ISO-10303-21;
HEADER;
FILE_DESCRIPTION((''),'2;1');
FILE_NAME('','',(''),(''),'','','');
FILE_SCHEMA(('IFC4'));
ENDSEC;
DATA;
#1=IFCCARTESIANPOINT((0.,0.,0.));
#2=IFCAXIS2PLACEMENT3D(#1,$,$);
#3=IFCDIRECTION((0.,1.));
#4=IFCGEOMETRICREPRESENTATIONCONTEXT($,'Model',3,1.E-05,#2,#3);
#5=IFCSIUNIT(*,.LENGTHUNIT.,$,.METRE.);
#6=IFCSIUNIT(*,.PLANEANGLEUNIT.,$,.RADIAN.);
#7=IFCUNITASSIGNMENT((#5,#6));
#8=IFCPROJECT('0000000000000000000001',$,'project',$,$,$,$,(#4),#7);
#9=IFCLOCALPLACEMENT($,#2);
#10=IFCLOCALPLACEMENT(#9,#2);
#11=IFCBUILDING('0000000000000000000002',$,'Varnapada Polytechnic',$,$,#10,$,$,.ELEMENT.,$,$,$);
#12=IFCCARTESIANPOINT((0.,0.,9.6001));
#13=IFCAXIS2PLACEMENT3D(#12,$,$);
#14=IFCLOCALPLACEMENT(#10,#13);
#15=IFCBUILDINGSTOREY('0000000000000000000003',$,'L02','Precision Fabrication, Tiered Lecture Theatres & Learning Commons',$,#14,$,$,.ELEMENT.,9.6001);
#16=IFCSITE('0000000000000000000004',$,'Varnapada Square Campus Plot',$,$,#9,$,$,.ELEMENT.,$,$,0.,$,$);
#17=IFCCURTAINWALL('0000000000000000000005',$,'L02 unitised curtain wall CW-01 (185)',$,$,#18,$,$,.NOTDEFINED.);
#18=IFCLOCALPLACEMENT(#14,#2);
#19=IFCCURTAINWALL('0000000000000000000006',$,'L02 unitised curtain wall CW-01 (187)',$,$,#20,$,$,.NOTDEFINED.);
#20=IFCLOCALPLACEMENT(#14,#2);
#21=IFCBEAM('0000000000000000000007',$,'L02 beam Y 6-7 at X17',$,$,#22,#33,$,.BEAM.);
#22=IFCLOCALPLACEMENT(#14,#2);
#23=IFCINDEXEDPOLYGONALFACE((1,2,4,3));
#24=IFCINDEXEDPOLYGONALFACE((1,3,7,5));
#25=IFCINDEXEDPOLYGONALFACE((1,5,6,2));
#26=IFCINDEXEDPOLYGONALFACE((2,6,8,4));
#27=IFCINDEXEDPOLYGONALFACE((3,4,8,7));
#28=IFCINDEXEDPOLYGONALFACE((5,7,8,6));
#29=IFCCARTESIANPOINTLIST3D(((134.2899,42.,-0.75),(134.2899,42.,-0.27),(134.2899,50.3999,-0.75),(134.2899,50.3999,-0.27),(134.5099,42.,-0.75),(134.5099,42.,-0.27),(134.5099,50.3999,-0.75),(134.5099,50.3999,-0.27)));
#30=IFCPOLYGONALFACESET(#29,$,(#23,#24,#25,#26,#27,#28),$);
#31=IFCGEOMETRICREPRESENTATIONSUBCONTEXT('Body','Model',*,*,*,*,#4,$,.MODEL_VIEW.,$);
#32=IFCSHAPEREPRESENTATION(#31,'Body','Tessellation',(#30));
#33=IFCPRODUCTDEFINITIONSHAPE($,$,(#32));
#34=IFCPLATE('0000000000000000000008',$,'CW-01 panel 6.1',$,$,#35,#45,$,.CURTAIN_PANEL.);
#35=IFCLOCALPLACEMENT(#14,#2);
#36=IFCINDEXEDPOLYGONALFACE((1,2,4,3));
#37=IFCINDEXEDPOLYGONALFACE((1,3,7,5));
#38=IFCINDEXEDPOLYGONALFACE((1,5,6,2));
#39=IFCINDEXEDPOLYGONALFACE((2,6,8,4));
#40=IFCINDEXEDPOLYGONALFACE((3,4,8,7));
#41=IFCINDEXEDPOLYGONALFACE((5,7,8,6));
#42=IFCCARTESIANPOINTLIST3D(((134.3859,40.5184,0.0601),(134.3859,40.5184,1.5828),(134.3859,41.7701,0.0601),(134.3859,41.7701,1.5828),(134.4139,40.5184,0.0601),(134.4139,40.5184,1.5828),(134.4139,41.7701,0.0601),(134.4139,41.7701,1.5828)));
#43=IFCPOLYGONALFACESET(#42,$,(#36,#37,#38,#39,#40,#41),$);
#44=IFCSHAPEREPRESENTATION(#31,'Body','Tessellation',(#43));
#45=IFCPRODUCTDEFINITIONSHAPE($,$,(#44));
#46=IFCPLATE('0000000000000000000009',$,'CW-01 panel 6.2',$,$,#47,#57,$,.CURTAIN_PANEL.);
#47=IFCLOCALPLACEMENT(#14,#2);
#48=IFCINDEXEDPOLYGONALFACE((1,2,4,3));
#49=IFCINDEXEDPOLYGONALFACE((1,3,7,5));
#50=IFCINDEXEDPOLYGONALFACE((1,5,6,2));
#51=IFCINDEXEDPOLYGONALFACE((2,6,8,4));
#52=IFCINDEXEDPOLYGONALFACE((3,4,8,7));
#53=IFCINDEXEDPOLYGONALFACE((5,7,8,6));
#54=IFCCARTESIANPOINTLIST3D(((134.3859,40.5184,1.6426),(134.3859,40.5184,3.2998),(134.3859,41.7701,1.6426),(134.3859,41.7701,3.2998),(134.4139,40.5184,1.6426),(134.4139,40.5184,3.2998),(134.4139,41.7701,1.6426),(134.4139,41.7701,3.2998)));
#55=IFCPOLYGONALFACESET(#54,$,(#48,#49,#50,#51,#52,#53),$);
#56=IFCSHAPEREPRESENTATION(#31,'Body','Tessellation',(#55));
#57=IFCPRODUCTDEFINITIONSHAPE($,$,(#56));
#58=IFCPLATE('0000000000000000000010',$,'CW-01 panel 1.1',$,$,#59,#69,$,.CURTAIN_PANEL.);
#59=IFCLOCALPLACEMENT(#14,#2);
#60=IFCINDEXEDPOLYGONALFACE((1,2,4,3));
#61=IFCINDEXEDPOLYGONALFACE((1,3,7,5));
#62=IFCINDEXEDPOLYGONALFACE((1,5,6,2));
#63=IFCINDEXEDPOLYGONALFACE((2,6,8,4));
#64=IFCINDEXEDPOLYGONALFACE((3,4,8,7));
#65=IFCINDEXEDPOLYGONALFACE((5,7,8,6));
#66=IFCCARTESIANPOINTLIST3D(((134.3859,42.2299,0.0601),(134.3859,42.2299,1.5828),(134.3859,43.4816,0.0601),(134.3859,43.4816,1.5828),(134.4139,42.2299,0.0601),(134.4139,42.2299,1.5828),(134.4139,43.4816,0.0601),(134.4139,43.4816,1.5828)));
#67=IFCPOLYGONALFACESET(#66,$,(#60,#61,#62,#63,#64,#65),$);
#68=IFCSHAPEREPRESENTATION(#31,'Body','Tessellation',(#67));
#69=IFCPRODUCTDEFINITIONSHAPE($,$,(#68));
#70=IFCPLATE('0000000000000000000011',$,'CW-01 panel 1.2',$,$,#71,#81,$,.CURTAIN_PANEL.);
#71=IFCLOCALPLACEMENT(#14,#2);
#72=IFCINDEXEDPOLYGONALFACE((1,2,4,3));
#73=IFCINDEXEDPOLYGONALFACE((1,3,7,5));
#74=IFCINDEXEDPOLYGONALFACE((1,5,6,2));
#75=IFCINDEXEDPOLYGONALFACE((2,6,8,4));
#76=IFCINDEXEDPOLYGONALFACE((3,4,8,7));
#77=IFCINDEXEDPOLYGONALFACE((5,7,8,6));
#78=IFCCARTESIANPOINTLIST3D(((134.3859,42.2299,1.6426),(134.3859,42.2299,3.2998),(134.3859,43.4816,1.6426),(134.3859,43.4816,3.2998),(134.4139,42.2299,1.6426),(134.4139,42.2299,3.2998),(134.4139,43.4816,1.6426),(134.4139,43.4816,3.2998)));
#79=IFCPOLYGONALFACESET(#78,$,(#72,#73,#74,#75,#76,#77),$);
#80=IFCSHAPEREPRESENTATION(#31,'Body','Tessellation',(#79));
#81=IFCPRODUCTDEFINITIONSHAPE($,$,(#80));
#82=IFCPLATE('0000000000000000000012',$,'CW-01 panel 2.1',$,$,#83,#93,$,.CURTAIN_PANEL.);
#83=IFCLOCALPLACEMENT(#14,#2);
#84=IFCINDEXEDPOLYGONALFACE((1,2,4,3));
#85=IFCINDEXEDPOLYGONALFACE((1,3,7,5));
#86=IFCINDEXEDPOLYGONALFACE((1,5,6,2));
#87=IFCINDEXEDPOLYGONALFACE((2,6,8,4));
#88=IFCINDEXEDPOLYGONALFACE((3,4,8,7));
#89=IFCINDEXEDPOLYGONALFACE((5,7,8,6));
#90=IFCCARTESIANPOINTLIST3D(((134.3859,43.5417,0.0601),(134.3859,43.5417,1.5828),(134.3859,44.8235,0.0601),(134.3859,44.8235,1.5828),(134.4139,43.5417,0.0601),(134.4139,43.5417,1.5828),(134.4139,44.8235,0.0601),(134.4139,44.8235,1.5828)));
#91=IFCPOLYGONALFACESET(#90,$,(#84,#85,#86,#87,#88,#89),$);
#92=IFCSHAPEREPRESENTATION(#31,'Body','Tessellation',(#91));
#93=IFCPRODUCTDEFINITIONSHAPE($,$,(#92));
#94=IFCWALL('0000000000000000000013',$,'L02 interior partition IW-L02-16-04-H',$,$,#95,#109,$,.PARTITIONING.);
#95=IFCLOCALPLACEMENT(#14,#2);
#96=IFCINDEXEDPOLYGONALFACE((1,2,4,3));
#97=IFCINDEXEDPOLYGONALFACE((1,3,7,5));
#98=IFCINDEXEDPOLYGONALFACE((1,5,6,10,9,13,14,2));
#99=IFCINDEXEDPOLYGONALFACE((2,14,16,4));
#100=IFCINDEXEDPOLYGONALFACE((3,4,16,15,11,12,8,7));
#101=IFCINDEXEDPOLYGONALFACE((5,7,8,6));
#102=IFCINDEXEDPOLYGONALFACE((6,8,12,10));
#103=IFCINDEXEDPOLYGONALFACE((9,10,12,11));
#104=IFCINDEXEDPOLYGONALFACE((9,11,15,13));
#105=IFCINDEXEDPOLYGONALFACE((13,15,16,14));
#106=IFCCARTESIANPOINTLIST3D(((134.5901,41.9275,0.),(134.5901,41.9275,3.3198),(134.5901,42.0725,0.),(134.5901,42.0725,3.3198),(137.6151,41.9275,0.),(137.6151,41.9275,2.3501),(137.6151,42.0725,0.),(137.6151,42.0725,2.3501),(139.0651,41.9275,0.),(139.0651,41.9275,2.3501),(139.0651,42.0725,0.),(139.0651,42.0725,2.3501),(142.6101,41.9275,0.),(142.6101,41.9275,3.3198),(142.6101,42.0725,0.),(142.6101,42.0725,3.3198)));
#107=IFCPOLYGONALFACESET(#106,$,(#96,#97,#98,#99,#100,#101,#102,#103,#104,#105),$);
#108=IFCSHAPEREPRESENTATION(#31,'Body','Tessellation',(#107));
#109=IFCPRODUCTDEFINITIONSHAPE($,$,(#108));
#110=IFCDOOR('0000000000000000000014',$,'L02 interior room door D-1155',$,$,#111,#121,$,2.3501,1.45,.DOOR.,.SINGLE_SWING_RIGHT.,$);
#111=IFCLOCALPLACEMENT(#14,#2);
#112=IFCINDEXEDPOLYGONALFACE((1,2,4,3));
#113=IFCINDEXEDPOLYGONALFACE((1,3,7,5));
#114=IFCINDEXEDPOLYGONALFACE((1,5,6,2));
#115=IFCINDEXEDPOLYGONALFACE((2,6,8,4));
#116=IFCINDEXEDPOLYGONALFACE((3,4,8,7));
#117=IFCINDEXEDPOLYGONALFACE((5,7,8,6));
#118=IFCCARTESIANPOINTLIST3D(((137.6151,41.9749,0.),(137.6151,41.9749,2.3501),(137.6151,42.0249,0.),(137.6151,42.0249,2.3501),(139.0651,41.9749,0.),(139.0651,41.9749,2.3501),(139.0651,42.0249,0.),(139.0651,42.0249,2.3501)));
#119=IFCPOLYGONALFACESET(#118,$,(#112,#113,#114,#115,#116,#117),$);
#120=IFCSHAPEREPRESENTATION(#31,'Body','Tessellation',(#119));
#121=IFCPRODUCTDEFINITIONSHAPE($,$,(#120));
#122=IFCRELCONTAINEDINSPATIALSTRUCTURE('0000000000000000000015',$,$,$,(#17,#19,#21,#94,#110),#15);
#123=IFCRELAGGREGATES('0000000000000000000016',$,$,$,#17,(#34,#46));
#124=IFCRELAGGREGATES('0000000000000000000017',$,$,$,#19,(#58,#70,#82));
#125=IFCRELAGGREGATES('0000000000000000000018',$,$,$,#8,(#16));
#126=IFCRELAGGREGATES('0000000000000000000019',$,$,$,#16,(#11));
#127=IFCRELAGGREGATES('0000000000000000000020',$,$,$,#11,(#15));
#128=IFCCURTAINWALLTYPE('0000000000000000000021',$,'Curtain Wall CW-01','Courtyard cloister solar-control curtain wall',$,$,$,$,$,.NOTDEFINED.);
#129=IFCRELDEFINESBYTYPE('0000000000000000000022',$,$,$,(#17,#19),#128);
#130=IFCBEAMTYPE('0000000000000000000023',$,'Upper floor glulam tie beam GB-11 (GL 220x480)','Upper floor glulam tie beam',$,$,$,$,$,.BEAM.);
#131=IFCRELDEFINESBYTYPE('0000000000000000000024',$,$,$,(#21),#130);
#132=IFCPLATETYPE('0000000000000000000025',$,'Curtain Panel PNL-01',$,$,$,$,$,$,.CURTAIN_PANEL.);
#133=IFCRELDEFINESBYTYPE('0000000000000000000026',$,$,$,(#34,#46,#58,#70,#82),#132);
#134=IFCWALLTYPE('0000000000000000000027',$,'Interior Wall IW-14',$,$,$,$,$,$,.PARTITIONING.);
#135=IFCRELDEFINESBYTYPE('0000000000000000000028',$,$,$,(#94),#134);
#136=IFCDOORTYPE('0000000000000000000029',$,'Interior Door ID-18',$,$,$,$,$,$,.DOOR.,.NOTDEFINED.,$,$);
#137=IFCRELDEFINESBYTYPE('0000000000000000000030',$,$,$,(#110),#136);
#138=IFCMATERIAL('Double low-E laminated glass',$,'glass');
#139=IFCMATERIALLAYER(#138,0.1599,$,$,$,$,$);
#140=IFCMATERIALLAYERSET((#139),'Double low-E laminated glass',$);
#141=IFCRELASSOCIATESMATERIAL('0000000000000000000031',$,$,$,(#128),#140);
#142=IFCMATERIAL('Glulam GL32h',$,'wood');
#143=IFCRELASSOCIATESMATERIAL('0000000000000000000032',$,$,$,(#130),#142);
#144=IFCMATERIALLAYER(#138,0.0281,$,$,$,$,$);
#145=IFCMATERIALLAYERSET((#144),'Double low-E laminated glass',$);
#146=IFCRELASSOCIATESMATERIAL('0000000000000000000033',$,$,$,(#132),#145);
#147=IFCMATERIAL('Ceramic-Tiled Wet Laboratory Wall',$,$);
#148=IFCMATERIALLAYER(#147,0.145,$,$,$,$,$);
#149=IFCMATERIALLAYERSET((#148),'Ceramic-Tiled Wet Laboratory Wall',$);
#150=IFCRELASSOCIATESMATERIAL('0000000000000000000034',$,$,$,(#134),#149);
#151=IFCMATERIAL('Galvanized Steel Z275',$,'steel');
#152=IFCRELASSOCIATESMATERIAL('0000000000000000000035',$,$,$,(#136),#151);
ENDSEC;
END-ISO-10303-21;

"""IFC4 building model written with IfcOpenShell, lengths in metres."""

from ifc_helpers import new_model, si_unit, direction, frame, frame_2d, origin, origin_2d, place, context, subcontext, project, spatial, rectangle, extrude, material, layer, layer_set, material_profile, profile_set, type_object, element, fill, aggregate, save


model = new_model("IFC4")

# Units and contexts
model_context = context("Model", 3, precision=1e-05, world=origin(), true_north=direction((0.0, 1.0)))
body_context = subcontext(model_context, "Body", "Model", "MODEL_VIEW")
ifc_project = project(units=[si_unit("LENGTHUNIT", "METRE"), si_unit("PLANEANGLEUNIT", "RADIAN")], contexts=[model_context])

# Site, building, storey
site_placement = place(None, origin())
site = spatial("IfcSite", under=ifc_project, at=site_placement, Name="Varnapada Square Campus Plot", CompositionType="ELEMENT", RefElevation=0.0)
building_placement = place(site_placement, origin())
building = spatial("IfcBuilding", under=site, at=building_placement, Name="Varnapada Polytechnic", CompositionType="ELEMENT")
storey_placement = place(building_placement, frame((0.0, 0.0, 9.6001)))
storey = spatial("IfcBuildingStorey", under=building, at=storey_placement, Name="L02", Description="Precision Fabrication, Tiered Lecture Theatres & Learning Commons", CompositionType="ELEMENT", Elevation=9.6001)

# Shared definitions
ifc_material_1 = material(Name="Glulam GL32h", Category="wood")

# Curtain wall
ifc_material_2 = material(Name="Double low-E laminated glass", Category="glass")
ifc_layer_1 = layer(ifc_material_2, 0.1599)
ifc_layer_set_1 = layer_set([ifc_layer_1], Name="Double low-E laminated glass")
curtain_wall_type = type_object("IfcCurtainWallType", Name="Curtain Wall CW-01", Description="Courtyard cloister solar-control curtain wall", PredefinedType="NOTDEFINED", material=ifc_layer_set_1)
curtain_wall_1_placement = place(storey_placement, origin())
curtain_wall_1 = element("IfcCurtainWall", 1, at=curtain_wall_1_placement, inside=storey, type_object=curtain_wall_type, Name="L02 unitised curtain wall CW-01 (185)", PredefinedType="NOTDEFINED")

# Curtain wall
curtain_wall_2_placement = place(storey_placement, origin())
curtain_wall_2 = element("IfcCurtainWall", 2, at=curtain_wall_2_placement, inside=storey, type_object=curtain_wall_type, Name="L02 unitised curtain wall CW-01 (187)", PredefinedType="NOTDEFINED")

# Beam
ifc_material_profile_1 = material_profile(ifc_material_1, rectangle(XDim=0.22, YDim=0.48, at=origin_2d()), Name="GL 220x480")
ifc_profile_set_1 = profile_set([ifc_material_profile_1], Name="Glulam GL32h")
beam_type_1 = type_object("IfcBeamType", Name="Upper floor glulam tie beam GB-11 (GL 220x480)", Description="Upper floor glulam tie beam", PredefinedType="BEAM", material=ifc_profile_set_1)
beam_1_placement = place(storey_placement, frame((134.3999, 42.0, -0.51), z_axis=(0.0, 1.0, 0.0), x_axis=(-1.0, 0.0, 0.0)))
element("IfcBeam", 3, at=beam_1_placement, inside=storey, type_object=beam_type_1, Name="L02 beam Y 6-7 at X17", PredefinedType="BEAM", context=body_context, shape_type="SweptSolid", body=[
    extrude(rectangle(XDim=0.22, YDim=0.48, at=origin_2d()), origin(), (0.0, 0.0, 1.0), 8.3999),
])

# Plates
ifc_layer_2 = layer(ifc_material_2, 0.0281)
ifc_layer_set_2 = layer_set([ifc_layer_2], Name="Double low-E laminated glass")
plate_type = type_object("IfcPlateType", Name="Curtain Panel PNL-01", PredefinedType="CURTAIN_PANEL", material=ifc_layer_set_2)
plate_1_placement = place(storey_placement, frame((134.3999, 41.1443, 0.0601), z_axis=(0.0, 0.0, 1.0), x_axis=(0.0, 1.0, 0.0)))
plate_1 = element("IfcPlate", 4, at=plate_1_placement, type_object=plate_type, Name="CW-01 panel 6.1", PredefinedType="CURTAIN_PANEL", context=body_context, shape_type="SweptSolid", body=[
    extrude(rectangle(XDim=1.2517, YDim=0.0281, at=origin_2d()), origin(), (0.0, 0.0, 1.0), 1.5227),
])
plate_2_placement = place(storey_placement, frame((134.3999, 41.1443, 1.6426), z_axis=(0.0, 0.0, 1.0), x_axis=(0.0, 1.0, 0.0)))
plate_2 = element("IfcPlate", 5, at=plate_2_placement, type_object=plate_type, Name="CW-01 panel 6.2", PredefinedType="CURTAIN_PANEL", context=body_context, shape_type="SweptSolid", body=[
    extrude(rectangle(XDim=1.2517, YDim=0.0281, at=origin_2d()), origin(), (0.0, 0.0, 1.0), 1.6572),
])
aggregate(curtain_wall_1, [plate_1, plate_2])
plate_3_placement = place(storey_placement, frame((134.3999, 42.8557, 0.0601), z_axis=(0.0, 0.0, 1.0), x_axis=(0.0, 1.0, 0.0)))
plate_3 = element("IfcPlate", 6, at=plate_3_placement, type_object=plate_type, Name="CW-01 panel 1.1", PredefinedType="CURTAIN_PANEL", context=body_context, shape_type="SweptSolid", body=[
    extrude(rectangle(XDim=1.2517, YDim=0.0281, at=origin_2d()), origin(), (0.0, 0.0, 1.0), 1.5227),
])
plate_4_placement = place(storey_placement, frame((134.3999, 42.8557, 1.6426), z_axis=(0.0, 0.0, 1.0), x_axis=(0.0, 1.0, 0.0)))
plate_4 = element("IfcPlate", 7, at=plate_4_placement, type_object=plate_type, Name="CW-01 panel 1.2", PredefinedType="CURTAIN_PANEL", context=body_context, shape_type="SweptSolid", body=[
    extrude(rectangle(XDim=1.2517, YDim=0.0281, at=origin_2d()), origin(), (0.0, 0.0, 1.0), 1.6572),
])
plate_5_placement = place(storey_placement, frame((134.3999, 44.1826, 0.0601), z_axis=(0.0, 0.0, 1.0), x_axis=(0.0, 1.0, 0.0)))
plate_5 = element("IfcPlate", 8, at=plate_5_placement, type_object=plate_type, Name="CW-01 panel 2.1", PredefinedType="CURTAIN_PANEL", context=body_context, shape_type="SweptSolid", body=[
    extrude(rectangle(XDim=1.2817, YDim=0.0281, at=origin_2d()), origin(), (0.0, 0.0, 1.0), 1.5227),
])
aggregate(curtain_wall_2, [plate_3, plate_4, plate_5])

# Wall, opening, door
ifc_material_3 = material(Name="Ceramic-Tiled Wet Laboratory Wall")
ifc_layer_3 = layer(ifc_material_3, 0.145)
ifc_layer_set_3 = layer_set([ifc_layer_3], Name="Ceramic-Tiled Wet Laboratory Wall")
wall_type = type_object("IfcWallType", Name="Interior Wall IW-14", PredefinedType="PARTITIONING", material=ifc_layer_set_3)
wall_placement = place(storey_placement, frame((134.5901, 42.0, 0.0), z_axis=(0.0, 0.0, 1.0), x_axis=(1.0, 0.0, 0.0)))
wall = element("IfcWall", 9, at=wall_placement, inside=storey, type_object=wall_type, Name="L02 interior partition IW-L02-16-04-H", PredefinedType="PARTITIONING", context=body_context, shape_type="SweptSolid", body=[
    extrude(rectangle(XDim=8.02, YDim=0.145, at=frame_2d((4.01, 0.0))), origin(), (0.0, 0.0, 1.0), 3.3198),
])
opening_placement = place(wall_placement, frame((3.0249, 0.0, 0.0)))
opening = element("IfcOpeningElement", 10, at=opening_placement, cuts=wall, PredefinedType="OPENING", context=body_context, shape_type="SweptSolid", body=[
    extrude(rectangle(XDim=1.45, YDim=2.3501, at=frame_2d((0.7251, 1.175))), frame((0.0, 0.0825, 0.0), z_axis=(0.0, -1.0, 0.0), x_axis=(1.0, 0.0, 0.0)), (0.0, 0.0, 1.0), 0.165),
])
ifc_material_4 = material(Name="Galvanized Steel Z275", Category="steel")
door_type = type_object("IfcDoorType", Name="Interior Door ID-18", OperationType="NOTDEFINED", PredefinedType="DOOR", material=ifc_material_4)
door_placement = place(opening_placement, origin())
door = element("IfcDoor", 11, at=door_placement, inside=storey, type_object=door_type, Name="L02 interior room door D-1155", OperationType="SINGLE_SWING_RIGHT", OverallHeight=2.3501, OverallWidth=1.45, PredefinedType="DOOR", context=body_context, shape_type="SweptSolid", body=[
    extrude(rectangle(XDim=1.45, YDim=2.3501, at=frame_2d((0.7251, 1.175))), frame((0.0, 0.0249, 0.0), z_axis=(0.0, -1.0, 0.0), x_axis=(1.0, 0.0, 0.0)), (0.0, 0.0, 1.0), 0.05),
])
fill(opening, door)

save(model, "model.ifc")
